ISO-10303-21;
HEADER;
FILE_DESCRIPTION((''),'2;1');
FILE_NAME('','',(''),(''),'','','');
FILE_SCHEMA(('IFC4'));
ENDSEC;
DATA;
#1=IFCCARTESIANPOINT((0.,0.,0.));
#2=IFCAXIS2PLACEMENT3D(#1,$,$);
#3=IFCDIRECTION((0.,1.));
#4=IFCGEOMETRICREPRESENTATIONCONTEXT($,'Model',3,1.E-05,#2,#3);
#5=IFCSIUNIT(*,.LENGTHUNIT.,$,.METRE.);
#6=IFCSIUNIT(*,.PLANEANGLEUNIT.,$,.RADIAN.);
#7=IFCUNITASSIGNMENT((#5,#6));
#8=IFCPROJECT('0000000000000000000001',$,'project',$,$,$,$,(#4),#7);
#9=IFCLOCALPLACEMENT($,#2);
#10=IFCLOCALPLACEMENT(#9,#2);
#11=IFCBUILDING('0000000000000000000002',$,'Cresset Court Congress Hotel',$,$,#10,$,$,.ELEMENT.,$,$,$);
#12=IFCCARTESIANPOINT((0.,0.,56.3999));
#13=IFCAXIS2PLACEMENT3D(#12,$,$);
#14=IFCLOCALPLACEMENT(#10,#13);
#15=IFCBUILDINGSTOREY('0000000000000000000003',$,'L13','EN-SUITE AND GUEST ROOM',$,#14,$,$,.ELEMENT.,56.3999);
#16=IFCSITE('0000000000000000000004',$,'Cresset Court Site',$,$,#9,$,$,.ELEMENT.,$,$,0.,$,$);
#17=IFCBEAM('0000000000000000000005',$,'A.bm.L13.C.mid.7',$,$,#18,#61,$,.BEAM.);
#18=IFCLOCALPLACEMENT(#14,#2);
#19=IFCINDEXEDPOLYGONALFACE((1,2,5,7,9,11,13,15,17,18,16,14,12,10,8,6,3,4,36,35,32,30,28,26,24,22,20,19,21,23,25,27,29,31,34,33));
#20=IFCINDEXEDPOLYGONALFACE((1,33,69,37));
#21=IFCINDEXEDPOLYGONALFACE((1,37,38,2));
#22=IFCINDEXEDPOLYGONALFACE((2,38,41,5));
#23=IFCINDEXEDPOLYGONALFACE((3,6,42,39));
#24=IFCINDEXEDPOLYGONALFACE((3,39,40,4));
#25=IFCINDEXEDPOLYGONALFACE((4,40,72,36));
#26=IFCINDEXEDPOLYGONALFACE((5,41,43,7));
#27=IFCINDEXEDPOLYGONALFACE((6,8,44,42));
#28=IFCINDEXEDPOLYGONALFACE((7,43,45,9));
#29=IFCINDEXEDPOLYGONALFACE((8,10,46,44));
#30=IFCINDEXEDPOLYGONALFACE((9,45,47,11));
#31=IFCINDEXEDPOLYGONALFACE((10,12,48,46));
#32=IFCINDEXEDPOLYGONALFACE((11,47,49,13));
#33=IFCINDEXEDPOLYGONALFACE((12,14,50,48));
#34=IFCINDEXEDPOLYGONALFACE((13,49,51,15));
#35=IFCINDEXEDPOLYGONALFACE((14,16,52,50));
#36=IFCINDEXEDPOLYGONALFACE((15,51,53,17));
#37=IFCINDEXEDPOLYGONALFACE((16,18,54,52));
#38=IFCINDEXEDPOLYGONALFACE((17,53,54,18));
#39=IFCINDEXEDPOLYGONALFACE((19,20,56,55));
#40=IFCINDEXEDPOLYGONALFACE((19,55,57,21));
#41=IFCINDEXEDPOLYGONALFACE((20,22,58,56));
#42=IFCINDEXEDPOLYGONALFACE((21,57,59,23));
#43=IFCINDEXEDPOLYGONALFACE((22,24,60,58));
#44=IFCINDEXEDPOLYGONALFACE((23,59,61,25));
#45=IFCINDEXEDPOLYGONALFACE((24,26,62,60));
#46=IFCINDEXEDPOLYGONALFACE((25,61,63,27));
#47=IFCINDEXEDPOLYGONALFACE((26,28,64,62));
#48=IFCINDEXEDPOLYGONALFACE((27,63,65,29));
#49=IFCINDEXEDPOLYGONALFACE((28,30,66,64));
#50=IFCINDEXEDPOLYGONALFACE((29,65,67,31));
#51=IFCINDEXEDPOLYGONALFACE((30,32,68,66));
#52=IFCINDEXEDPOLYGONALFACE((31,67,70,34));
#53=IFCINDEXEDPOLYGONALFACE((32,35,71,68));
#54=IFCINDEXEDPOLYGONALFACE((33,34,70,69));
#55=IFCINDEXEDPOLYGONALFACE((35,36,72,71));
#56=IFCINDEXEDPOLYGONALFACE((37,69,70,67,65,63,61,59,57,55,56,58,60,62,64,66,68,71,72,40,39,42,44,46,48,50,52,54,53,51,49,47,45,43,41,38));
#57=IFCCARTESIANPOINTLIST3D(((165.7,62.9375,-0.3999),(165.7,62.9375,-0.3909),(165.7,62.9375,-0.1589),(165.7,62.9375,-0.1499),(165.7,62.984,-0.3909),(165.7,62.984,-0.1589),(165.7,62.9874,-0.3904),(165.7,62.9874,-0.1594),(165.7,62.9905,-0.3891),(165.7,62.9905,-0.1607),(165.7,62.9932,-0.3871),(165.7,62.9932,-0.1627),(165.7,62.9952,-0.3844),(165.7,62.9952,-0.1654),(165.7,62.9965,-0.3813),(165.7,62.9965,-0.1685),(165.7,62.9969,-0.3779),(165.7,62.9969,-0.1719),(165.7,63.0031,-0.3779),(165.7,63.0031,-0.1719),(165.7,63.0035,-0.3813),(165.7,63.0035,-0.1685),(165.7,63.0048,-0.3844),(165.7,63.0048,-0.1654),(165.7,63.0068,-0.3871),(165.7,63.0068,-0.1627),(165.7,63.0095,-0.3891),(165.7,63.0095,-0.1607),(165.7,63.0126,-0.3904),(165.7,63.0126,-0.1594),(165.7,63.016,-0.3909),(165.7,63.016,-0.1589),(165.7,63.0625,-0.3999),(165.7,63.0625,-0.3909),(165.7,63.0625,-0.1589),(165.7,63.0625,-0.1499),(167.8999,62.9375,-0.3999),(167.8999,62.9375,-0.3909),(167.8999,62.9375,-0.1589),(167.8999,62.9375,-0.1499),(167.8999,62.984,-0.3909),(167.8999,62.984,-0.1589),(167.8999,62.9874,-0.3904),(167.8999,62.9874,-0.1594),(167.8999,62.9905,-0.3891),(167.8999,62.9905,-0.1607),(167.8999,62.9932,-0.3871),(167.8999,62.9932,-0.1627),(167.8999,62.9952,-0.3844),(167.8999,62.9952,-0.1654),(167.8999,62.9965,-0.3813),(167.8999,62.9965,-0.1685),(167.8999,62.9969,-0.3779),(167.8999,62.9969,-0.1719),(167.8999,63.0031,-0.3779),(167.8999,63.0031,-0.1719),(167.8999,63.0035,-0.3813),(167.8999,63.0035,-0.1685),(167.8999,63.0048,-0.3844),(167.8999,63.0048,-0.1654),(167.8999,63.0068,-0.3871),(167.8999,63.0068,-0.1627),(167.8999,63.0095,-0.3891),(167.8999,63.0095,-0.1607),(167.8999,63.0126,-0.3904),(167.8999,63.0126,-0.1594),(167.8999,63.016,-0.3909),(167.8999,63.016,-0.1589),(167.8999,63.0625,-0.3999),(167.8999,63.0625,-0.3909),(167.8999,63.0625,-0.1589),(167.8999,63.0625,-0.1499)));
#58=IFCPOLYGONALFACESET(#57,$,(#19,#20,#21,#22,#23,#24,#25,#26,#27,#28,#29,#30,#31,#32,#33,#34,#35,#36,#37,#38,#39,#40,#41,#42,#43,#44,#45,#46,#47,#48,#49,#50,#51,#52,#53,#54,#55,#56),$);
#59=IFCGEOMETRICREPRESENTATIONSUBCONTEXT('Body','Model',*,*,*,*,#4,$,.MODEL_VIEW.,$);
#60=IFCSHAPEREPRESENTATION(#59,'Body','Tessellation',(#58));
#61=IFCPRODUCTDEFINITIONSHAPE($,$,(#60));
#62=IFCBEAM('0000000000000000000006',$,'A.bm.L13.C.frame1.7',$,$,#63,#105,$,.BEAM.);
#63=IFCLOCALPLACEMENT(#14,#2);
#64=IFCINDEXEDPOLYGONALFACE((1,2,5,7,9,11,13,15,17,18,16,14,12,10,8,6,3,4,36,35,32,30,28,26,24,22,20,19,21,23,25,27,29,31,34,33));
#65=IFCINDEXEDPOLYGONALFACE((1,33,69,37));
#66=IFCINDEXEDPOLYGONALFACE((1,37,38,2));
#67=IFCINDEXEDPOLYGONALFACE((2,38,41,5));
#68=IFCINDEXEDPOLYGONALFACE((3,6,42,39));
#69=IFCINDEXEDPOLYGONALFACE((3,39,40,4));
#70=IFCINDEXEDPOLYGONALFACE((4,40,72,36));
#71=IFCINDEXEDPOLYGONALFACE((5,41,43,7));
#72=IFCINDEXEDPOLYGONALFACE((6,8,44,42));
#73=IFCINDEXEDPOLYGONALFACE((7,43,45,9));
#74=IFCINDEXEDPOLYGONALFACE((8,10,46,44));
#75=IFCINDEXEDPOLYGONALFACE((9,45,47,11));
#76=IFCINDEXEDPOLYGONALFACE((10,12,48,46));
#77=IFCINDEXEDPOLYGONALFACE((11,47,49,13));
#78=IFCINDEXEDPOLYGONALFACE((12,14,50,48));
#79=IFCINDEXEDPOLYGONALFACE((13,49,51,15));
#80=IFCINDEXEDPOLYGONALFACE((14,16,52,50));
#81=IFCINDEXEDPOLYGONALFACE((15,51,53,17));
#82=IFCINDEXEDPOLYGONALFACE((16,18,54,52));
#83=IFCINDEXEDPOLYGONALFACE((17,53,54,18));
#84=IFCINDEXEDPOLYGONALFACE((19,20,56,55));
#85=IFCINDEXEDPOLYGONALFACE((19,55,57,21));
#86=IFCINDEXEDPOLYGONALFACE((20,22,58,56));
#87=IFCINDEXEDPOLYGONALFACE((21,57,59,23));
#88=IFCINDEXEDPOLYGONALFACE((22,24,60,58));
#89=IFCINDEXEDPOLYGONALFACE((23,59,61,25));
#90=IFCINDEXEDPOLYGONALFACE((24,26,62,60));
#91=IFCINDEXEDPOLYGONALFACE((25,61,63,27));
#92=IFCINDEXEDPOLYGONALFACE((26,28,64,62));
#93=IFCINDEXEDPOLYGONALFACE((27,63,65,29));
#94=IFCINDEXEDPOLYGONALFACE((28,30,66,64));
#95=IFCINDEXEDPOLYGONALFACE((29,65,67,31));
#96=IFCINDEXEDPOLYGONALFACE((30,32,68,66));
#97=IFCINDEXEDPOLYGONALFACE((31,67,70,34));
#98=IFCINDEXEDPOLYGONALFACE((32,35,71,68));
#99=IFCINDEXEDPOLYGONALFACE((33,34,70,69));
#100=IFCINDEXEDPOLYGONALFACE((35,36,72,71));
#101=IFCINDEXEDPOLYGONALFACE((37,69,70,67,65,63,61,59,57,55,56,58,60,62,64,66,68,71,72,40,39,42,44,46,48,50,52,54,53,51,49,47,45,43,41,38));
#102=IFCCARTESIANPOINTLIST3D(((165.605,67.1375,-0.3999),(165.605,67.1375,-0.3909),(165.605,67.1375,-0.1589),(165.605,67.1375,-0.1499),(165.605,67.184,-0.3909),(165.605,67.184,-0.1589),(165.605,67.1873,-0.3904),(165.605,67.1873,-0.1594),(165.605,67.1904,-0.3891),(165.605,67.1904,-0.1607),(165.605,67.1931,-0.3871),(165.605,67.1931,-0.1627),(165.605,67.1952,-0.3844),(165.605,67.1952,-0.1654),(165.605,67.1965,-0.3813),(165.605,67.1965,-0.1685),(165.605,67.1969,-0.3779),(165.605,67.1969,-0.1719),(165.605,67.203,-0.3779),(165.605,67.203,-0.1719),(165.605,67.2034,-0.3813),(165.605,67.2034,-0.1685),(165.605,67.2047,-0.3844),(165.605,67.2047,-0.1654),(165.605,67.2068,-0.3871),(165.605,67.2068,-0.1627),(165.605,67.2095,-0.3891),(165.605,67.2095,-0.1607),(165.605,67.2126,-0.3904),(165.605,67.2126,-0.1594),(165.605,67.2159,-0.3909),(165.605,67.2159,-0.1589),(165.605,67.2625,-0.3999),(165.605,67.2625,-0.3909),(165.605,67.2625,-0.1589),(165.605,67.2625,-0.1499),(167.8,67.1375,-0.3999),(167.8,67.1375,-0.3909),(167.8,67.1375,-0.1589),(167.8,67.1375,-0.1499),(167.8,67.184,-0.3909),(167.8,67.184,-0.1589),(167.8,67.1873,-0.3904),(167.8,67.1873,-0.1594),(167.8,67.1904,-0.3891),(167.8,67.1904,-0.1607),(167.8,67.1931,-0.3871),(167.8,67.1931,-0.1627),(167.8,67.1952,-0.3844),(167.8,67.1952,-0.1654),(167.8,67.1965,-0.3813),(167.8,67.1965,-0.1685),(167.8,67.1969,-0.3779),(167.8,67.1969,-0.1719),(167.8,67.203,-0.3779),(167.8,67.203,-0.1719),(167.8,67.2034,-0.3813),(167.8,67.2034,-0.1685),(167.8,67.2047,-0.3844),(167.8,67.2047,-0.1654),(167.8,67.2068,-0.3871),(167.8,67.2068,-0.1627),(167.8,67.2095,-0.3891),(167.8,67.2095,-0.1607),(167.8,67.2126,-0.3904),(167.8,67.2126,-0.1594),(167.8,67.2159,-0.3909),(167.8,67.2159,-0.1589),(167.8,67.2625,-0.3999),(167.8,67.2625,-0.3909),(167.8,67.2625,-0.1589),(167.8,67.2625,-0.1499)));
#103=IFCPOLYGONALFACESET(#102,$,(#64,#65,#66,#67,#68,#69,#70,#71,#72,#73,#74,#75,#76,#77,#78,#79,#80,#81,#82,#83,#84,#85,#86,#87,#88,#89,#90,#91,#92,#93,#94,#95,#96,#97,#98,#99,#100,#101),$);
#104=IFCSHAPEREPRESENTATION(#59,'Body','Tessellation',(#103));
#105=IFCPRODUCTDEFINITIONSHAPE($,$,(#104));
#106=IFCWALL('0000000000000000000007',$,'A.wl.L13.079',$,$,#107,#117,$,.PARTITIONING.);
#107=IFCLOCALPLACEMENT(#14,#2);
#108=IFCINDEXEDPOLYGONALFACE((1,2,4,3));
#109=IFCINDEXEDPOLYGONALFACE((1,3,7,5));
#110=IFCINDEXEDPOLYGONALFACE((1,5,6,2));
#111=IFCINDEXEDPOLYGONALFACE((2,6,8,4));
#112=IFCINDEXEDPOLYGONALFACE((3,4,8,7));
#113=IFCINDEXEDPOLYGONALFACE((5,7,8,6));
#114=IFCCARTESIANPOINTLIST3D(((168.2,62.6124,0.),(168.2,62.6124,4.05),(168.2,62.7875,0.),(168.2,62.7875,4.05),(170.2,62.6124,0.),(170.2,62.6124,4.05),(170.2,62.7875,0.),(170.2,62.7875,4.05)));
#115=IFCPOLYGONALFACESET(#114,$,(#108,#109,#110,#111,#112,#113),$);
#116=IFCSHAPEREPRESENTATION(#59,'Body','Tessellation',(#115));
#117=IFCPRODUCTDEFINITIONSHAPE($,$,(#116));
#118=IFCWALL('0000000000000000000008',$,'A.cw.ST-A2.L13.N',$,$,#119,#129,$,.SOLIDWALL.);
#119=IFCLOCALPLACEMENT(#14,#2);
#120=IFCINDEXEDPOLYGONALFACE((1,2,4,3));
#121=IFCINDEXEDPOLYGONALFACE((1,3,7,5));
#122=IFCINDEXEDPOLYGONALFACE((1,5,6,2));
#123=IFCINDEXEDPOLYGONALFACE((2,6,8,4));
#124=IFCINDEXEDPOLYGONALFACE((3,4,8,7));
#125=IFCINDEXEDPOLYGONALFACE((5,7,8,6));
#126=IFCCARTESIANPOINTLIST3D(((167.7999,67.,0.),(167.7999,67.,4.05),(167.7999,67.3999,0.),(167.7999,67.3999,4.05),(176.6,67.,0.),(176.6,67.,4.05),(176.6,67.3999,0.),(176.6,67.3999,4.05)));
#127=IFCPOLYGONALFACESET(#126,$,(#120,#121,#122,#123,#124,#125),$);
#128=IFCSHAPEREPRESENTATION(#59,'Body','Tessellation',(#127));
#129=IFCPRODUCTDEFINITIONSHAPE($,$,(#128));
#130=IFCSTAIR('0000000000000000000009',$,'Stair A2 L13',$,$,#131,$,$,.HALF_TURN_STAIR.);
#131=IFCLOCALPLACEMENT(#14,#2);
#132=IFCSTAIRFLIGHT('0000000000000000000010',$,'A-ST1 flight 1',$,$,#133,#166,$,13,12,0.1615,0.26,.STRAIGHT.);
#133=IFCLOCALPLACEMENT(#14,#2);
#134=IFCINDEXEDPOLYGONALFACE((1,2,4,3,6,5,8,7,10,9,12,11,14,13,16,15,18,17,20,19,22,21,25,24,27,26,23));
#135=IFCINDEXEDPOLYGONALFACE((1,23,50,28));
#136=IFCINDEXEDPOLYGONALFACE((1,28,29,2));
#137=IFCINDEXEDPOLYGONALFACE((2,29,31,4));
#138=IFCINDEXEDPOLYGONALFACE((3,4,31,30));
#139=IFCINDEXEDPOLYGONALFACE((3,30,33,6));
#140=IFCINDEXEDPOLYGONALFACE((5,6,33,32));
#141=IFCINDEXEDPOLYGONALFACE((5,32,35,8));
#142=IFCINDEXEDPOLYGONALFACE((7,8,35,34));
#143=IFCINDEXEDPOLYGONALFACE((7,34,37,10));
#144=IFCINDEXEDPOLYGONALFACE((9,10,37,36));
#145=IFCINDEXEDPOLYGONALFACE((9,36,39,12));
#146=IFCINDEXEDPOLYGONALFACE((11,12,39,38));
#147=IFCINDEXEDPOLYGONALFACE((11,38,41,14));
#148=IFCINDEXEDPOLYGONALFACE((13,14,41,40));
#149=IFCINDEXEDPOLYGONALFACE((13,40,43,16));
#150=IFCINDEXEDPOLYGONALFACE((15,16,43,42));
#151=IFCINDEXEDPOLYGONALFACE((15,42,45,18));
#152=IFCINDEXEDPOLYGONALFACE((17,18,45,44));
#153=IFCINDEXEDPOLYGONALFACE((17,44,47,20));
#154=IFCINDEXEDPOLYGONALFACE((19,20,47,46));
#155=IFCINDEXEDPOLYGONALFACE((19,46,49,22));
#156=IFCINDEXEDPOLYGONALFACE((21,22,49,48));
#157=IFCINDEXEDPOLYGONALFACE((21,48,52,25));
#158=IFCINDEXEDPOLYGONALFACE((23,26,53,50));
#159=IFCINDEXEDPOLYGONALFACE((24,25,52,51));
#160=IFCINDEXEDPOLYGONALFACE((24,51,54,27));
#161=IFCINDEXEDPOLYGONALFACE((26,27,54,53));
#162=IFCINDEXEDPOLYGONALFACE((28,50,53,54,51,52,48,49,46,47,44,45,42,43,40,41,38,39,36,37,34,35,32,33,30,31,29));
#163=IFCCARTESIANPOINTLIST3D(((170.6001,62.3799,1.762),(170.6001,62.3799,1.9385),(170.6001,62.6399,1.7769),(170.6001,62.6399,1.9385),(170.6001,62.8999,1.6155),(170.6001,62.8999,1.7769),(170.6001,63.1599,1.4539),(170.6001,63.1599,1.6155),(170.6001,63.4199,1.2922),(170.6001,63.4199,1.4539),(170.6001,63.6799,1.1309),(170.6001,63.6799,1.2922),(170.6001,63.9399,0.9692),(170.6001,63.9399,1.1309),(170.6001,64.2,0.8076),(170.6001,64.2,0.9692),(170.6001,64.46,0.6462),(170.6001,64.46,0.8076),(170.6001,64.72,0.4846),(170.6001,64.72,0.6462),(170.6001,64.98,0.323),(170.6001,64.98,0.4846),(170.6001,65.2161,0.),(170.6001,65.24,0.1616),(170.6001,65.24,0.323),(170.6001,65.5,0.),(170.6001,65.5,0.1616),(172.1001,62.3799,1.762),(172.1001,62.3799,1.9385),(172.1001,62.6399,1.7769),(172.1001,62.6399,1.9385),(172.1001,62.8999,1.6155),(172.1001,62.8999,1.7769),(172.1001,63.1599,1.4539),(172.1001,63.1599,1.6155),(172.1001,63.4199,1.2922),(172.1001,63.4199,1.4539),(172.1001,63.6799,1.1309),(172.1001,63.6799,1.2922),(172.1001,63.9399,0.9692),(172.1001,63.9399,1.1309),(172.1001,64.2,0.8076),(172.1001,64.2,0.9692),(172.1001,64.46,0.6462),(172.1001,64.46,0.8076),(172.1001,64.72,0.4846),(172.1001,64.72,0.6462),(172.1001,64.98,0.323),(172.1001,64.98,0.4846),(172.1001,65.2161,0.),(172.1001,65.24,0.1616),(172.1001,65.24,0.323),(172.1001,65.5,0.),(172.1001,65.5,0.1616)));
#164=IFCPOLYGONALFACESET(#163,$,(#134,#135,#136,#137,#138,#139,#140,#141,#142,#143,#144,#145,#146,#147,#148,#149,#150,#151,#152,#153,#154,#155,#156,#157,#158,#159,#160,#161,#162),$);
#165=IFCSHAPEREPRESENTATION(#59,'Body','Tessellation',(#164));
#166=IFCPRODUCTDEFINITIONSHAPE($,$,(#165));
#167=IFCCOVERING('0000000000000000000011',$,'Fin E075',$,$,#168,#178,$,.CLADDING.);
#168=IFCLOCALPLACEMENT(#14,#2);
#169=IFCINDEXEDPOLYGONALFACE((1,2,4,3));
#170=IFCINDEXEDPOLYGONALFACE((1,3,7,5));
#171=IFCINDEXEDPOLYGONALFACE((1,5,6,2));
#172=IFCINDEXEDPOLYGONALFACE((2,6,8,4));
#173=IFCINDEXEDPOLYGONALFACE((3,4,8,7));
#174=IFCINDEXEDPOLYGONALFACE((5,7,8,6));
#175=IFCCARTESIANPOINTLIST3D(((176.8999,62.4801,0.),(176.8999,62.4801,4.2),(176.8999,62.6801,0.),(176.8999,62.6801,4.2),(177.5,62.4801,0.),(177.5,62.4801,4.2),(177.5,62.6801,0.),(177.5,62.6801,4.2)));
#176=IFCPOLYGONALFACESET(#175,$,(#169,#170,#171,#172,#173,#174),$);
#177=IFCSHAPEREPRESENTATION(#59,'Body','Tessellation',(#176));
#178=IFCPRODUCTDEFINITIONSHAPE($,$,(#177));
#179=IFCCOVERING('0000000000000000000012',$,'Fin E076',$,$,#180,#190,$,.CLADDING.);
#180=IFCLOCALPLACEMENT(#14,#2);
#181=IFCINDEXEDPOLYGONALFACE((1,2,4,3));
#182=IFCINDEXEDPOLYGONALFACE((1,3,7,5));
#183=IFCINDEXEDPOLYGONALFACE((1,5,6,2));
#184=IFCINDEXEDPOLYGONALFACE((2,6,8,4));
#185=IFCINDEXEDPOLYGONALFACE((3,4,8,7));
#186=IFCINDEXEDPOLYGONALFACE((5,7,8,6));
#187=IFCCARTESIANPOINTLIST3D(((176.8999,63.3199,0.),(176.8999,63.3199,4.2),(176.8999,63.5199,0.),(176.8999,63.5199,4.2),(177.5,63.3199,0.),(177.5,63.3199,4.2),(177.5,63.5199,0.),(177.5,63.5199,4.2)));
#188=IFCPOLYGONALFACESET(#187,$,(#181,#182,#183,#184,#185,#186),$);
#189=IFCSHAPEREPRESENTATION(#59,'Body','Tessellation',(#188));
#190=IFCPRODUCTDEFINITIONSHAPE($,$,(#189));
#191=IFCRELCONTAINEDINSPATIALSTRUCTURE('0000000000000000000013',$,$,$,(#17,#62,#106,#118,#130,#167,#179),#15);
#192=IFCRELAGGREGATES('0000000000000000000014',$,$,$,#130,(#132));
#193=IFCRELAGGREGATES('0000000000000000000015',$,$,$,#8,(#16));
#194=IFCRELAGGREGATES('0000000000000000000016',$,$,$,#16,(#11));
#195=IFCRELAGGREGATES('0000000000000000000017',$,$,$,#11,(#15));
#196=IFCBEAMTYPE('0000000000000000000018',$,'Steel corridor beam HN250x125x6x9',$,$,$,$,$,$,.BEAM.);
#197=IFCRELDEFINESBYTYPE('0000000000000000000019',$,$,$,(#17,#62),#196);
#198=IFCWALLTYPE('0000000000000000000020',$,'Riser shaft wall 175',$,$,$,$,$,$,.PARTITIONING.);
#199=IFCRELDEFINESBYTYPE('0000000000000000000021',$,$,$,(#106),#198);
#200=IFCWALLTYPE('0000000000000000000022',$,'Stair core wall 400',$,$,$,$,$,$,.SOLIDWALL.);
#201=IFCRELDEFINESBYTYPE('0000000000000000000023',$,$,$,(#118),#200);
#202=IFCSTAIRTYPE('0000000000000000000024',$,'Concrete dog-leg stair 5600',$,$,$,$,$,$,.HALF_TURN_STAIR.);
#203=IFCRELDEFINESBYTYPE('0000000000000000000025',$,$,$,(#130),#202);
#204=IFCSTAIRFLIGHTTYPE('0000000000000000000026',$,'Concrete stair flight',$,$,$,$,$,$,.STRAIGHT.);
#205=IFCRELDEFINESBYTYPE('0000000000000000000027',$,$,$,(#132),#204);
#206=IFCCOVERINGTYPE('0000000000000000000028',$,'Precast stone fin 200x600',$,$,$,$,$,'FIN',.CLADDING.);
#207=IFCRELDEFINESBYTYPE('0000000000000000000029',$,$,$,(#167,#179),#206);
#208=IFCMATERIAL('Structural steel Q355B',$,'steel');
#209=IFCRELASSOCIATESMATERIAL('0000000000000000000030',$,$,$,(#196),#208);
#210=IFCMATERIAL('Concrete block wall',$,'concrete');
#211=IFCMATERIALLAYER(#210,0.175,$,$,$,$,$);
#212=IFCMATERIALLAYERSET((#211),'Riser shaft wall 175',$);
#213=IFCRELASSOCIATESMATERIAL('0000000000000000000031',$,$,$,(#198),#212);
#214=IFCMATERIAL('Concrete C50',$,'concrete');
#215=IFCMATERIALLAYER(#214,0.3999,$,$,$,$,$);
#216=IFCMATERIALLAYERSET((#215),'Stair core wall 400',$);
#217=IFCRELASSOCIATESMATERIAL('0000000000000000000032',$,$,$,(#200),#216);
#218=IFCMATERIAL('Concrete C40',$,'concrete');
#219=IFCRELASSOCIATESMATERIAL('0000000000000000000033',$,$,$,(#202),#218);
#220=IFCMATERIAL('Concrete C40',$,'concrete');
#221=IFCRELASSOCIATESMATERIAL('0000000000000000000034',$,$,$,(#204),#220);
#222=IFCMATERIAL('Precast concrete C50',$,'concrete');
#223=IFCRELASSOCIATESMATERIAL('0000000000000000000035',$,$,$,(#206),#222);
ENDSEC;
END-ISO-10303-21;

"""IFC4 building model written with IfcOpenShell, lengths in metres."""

from ifc_helpers import new_model, si_unit, direction, frame, frame_2d, origin, origin_2d, place, context, subcontext, project, spatial, polyline, rectangle, i_section, outline, extrude, material, layer, layer_set, material_profile, profile_set, type_object, element, aggregate, save


model = new_model("IFC4")

# Units and contexts
model_context = context("Model", 3, precision=1e-05, world=origin(), true_north=direction((0.0, 1.0)))
body_context = subcontext(model_context, "Body", "Model", "MODEL_VIEW")
ifc_project = project(units=[si_unit("LENGTHUNIT", "METRE"), si_unit("PLANEANGLEUNIT", "RADIAN")], contexts=[model_context])

# Site, building, storey
site_placement = place(None, origin())
site = spatial("IfcSite", under=ifc_project, at=site_placement, Name="Cresset Court Site", CompositionType="ELEMENT", RefElevation=0.0)
building_placement = place(site_placement, origin())
building = spatial("IfcBuilding", under=site, at=building_placement, Name="Cresset Court Congress Hotel", CompositionType="ELEMENT")
storey_placement = place(building_placement, frame((0.0, 0.0, 56.3999)))
storey = spatial("IfcBuildingStorey", under=building, at=storey_placement, Name="L13", Description="EN-SUITE AND GUEST ROOM", CompositionType="ELEMENT", Elevation=56.3999)

# Beams
ifc_material_1 = material(Name="Structural steel Q355B", Category="steel")
ifc_material_profile = material_profile(ifc_material_1, i_section(OverallWidth=0.125, OverallDepth=0.25, WebThickness=0.0061, FlangeThickness=0.009, FilletRadius=0.0129, at=origin_2d()), Name="HN250x125x6x9")
ifc_profile_set = profile_set([ifc_material_profile], Name="Structural steel Q355B")
beam_type = type_object("IfcBeamType", Name="Steel corridor beam HN250x125x6x9", PredefinedType="BEAM", material=ifc_profile_set)
beam_1_placement = place(storey_placement, frame((165.7, 63.0, -0.2749), z_axis=(1.0, 0.0, 0.0), x_axis=(0.0, 1.0, 0.0)))
element("IfcBeam", 1, at=beam_1_placement, inside=storey, type_object=beam_type, Name="A.bm.L13.C.mid.7", PredefinedType="BEAM", context=body_context, shape_type="SweptSolid", body=[
    extrude(i_section(OverallWidth=0.125, OverallDepth=0.25, WebThickness=0.0061, FlangeThickness=0.009, FilletRadius=0.0129, at=origin_2d()), origin(), (0.0, 0.0, 1.0), 2.2),
])
beam_2_placement = place(storey_placement, frame((165.605, 67.2, -0.2749), z_axis=(1.0, 0.0, 0.0), x_axis=(0.0, 1.0, 0.0)))
element("IfcBeam", 2, at=beam_2_placement, inside=storey, type_object=beam_type, Name="A.bm.L13.C.frame1.7", PredefinedType="BEAM", context=body_context, shape_type="SweptSolid", body=[
    extrude(i_section(OverallWidth=0.125, OverallDepth=0.25, WebThickness=0.0061, FlangeThickness=0.009, FilletRadius=0.0129, at=origin_2d()), origin(), (0.0, 0.0, 1.0), 2.1951),
])

# Walls
ifc_material_2 = material(Name="Concrete block wall", Category="concrete")
ifc_layer_1 = layer(ifc_material_2, 0.175)
ifc_layer_set_1 = layer_set([ifc_layer_1], Name="Riser shaft wall 175")
wall_type_1 = type_object("IfcWallType", Name="Riser shaft wall 175", PredefinedType="PARTITIONING", material=ifc_layer_set_1)
wall_1_placement = place(storey_placement, frame((168.2, 62.7, 0.0), z_axis=(0.0, 0.0, 1.0), x_axis=(1.0, 0.0, 0.0)))
element("IfcWall", 3, at=wall_1_placement, inside=storey, type_object=wall_type_1, Name="A.wl.L13.079", PredefinedType="PARTITIONING", context=body_context, shape_type="SweptSolid", body=[
    extrude(rectangle(XDim=2.0, YDim=0.175, at=frame_2d((1.0, 0.0))), origin(), (0.0, 0.0, 1.0), 4.05),
])
ifc_material_3 = material(Name="Concrete C50", Category="concrete")
ifc_layer_2 = layer(ifc_material_3, 0.3999)
ifc_layer_set_2 = layer_set([ifc_layer_2], Name="Stair core wall 400")
wall_type_2 = type_object("IfcWallType", Name="Stair core wall 400", PredefinedType="SOLIDWALL", material=ifc_layer_set_2)
wall_2_placement = place(storey_placement, frame((167.8, 67.2, 0.0), z_axis=(0.0, 0.0, 1.0), x_axis=(1.0, 0.0, 0.0)))
element("IfcWall", 4, at=wall_2_placement, inside=storey, type_object=wall_type_2, Name="A.cw.ST-A2.L13.N", PredefinedType="SOLIDWALL", context=body_context, shape_type="SweptSolid", body=[
    extrude(rectangle(XDim=8.8, YDim=0.3999, at=frame_2d((4.3999, 0.0))), origin(), (0.0, 0.0, 1.0), 4.05),
])

# Stair, stair flight
ifc_material_4 = material(Name="Concrete C40", Category="concrete")
stair_type = type_object("IfcStairType", Name="Concrete dog-leg stair 5600", PredefinedType="HALF_TURN_STAIR", material=ifc_material_4)
stair_placement = place(storey_placement, origin())
stair = element("IfcStair", 5, at=stair_placement, inside=storey, type_object=stair_type, Name="Stair A2 L13", PredefinedType="HALF_TURN_STAIR")
ifc_material_5 = material(Name="Concrete C40", Category="concrete")
stair_flight_type = type_object("IfcStairFlightType", Name="Concrete stair flight", PredefinedType="STRAIGHT", material=ifc_material_5)
stair_flight_placement = place(storey_placement, frame((171.3501, 65.5, 0.0), z_axis=(0.0, 0.0, 1.0), x_axis=(0.0, -1.0, 0.0)))
stair_flight = element("IfcStairFlight", 6, at=stair_flight_placement, type_object=stair_flight_type, Name="A-ST1 flight 1", NumberOfRisers=13, NumberOfTreads=12, PredefinedType="STRAIGHT", RiserHeight=0.1615, TreadLength=0.26, context=body_context, shape_type="SweptSolid", body=[
    extrude(outline(polyline([(0.0, 0.0), (0.0, 0.1616), (0.26, 0.1616), (0.26, 0.323), (0.52, 0.323), (0.52, 0.4846), (0.78, 0.4846), (0.78, 0.6462), (1.04, 0.6462), (1.04, 0.8076), (1.3, 0.8076), (1.3, 0.9692), (1.5601, 0.9692), (1.5601, 1.1309), (1.8201, 1.1309), (1.8201, 1.2922), (2.0801, 1.2922), (2.0801, 1.4539), (2.3401, 1.4539), (2.3401, 1.6155), (2.6001, 1.6155), (2.6001, 1.7769), (2.8601, 1.7769), (2.8601, 1.9385), (3.1201, 1.9385), (3.1201, 2.1001), (3.1201, 1.762), (0.2839, 0.0), (0.0, 0.0)])), frame((0.0, 0.75, 0.0), z_axis=(0.0, -1.0, 0.0), x_axis=(1.0, 0.0, 0.0)), (0.0, 0.0, 1.0), 1.5),
])
aggregate(stair, [stair_flight])

# Coverings
ifc_material_6 = material(Name="Precast concrete C50", Category="concrete")
covering_type_1 = type_object("IfcCoveringType", Name="Precast stone fin 200x600", ElementType="FIN", PredefinedType="CLADDING", material=ifc_material_6)
for number, where, z_axis, x_axis, name in (
    (7, (177.2, 62.5801, 0.0), (0.0, 0.0, 1.0), (1.0, 0.0, 0.0), "Fin E075"),
    (8, (177.2, 63.4199, 0.0), (0.0, 0.0, 1.0), (1.0, 0.0, 0.0), "Fin E076"),
):
    element("IfcCovering", number, at=place(storey_placement, frame(where, z_axis=z_axis, x_axis=x_axis)), inside=storey, type_object=covering_type_1, Name=name, PredefinedType="CLADDING", context=body_context, shape_type="SweptSolid", body=[
        extrude(rectangle(XDim=0.6001, YDim=0.2, at=origin_2d()), origin(), (0.0, 0.0, 1.0), 4.2),
    ])

save(model, "model.ifc")
